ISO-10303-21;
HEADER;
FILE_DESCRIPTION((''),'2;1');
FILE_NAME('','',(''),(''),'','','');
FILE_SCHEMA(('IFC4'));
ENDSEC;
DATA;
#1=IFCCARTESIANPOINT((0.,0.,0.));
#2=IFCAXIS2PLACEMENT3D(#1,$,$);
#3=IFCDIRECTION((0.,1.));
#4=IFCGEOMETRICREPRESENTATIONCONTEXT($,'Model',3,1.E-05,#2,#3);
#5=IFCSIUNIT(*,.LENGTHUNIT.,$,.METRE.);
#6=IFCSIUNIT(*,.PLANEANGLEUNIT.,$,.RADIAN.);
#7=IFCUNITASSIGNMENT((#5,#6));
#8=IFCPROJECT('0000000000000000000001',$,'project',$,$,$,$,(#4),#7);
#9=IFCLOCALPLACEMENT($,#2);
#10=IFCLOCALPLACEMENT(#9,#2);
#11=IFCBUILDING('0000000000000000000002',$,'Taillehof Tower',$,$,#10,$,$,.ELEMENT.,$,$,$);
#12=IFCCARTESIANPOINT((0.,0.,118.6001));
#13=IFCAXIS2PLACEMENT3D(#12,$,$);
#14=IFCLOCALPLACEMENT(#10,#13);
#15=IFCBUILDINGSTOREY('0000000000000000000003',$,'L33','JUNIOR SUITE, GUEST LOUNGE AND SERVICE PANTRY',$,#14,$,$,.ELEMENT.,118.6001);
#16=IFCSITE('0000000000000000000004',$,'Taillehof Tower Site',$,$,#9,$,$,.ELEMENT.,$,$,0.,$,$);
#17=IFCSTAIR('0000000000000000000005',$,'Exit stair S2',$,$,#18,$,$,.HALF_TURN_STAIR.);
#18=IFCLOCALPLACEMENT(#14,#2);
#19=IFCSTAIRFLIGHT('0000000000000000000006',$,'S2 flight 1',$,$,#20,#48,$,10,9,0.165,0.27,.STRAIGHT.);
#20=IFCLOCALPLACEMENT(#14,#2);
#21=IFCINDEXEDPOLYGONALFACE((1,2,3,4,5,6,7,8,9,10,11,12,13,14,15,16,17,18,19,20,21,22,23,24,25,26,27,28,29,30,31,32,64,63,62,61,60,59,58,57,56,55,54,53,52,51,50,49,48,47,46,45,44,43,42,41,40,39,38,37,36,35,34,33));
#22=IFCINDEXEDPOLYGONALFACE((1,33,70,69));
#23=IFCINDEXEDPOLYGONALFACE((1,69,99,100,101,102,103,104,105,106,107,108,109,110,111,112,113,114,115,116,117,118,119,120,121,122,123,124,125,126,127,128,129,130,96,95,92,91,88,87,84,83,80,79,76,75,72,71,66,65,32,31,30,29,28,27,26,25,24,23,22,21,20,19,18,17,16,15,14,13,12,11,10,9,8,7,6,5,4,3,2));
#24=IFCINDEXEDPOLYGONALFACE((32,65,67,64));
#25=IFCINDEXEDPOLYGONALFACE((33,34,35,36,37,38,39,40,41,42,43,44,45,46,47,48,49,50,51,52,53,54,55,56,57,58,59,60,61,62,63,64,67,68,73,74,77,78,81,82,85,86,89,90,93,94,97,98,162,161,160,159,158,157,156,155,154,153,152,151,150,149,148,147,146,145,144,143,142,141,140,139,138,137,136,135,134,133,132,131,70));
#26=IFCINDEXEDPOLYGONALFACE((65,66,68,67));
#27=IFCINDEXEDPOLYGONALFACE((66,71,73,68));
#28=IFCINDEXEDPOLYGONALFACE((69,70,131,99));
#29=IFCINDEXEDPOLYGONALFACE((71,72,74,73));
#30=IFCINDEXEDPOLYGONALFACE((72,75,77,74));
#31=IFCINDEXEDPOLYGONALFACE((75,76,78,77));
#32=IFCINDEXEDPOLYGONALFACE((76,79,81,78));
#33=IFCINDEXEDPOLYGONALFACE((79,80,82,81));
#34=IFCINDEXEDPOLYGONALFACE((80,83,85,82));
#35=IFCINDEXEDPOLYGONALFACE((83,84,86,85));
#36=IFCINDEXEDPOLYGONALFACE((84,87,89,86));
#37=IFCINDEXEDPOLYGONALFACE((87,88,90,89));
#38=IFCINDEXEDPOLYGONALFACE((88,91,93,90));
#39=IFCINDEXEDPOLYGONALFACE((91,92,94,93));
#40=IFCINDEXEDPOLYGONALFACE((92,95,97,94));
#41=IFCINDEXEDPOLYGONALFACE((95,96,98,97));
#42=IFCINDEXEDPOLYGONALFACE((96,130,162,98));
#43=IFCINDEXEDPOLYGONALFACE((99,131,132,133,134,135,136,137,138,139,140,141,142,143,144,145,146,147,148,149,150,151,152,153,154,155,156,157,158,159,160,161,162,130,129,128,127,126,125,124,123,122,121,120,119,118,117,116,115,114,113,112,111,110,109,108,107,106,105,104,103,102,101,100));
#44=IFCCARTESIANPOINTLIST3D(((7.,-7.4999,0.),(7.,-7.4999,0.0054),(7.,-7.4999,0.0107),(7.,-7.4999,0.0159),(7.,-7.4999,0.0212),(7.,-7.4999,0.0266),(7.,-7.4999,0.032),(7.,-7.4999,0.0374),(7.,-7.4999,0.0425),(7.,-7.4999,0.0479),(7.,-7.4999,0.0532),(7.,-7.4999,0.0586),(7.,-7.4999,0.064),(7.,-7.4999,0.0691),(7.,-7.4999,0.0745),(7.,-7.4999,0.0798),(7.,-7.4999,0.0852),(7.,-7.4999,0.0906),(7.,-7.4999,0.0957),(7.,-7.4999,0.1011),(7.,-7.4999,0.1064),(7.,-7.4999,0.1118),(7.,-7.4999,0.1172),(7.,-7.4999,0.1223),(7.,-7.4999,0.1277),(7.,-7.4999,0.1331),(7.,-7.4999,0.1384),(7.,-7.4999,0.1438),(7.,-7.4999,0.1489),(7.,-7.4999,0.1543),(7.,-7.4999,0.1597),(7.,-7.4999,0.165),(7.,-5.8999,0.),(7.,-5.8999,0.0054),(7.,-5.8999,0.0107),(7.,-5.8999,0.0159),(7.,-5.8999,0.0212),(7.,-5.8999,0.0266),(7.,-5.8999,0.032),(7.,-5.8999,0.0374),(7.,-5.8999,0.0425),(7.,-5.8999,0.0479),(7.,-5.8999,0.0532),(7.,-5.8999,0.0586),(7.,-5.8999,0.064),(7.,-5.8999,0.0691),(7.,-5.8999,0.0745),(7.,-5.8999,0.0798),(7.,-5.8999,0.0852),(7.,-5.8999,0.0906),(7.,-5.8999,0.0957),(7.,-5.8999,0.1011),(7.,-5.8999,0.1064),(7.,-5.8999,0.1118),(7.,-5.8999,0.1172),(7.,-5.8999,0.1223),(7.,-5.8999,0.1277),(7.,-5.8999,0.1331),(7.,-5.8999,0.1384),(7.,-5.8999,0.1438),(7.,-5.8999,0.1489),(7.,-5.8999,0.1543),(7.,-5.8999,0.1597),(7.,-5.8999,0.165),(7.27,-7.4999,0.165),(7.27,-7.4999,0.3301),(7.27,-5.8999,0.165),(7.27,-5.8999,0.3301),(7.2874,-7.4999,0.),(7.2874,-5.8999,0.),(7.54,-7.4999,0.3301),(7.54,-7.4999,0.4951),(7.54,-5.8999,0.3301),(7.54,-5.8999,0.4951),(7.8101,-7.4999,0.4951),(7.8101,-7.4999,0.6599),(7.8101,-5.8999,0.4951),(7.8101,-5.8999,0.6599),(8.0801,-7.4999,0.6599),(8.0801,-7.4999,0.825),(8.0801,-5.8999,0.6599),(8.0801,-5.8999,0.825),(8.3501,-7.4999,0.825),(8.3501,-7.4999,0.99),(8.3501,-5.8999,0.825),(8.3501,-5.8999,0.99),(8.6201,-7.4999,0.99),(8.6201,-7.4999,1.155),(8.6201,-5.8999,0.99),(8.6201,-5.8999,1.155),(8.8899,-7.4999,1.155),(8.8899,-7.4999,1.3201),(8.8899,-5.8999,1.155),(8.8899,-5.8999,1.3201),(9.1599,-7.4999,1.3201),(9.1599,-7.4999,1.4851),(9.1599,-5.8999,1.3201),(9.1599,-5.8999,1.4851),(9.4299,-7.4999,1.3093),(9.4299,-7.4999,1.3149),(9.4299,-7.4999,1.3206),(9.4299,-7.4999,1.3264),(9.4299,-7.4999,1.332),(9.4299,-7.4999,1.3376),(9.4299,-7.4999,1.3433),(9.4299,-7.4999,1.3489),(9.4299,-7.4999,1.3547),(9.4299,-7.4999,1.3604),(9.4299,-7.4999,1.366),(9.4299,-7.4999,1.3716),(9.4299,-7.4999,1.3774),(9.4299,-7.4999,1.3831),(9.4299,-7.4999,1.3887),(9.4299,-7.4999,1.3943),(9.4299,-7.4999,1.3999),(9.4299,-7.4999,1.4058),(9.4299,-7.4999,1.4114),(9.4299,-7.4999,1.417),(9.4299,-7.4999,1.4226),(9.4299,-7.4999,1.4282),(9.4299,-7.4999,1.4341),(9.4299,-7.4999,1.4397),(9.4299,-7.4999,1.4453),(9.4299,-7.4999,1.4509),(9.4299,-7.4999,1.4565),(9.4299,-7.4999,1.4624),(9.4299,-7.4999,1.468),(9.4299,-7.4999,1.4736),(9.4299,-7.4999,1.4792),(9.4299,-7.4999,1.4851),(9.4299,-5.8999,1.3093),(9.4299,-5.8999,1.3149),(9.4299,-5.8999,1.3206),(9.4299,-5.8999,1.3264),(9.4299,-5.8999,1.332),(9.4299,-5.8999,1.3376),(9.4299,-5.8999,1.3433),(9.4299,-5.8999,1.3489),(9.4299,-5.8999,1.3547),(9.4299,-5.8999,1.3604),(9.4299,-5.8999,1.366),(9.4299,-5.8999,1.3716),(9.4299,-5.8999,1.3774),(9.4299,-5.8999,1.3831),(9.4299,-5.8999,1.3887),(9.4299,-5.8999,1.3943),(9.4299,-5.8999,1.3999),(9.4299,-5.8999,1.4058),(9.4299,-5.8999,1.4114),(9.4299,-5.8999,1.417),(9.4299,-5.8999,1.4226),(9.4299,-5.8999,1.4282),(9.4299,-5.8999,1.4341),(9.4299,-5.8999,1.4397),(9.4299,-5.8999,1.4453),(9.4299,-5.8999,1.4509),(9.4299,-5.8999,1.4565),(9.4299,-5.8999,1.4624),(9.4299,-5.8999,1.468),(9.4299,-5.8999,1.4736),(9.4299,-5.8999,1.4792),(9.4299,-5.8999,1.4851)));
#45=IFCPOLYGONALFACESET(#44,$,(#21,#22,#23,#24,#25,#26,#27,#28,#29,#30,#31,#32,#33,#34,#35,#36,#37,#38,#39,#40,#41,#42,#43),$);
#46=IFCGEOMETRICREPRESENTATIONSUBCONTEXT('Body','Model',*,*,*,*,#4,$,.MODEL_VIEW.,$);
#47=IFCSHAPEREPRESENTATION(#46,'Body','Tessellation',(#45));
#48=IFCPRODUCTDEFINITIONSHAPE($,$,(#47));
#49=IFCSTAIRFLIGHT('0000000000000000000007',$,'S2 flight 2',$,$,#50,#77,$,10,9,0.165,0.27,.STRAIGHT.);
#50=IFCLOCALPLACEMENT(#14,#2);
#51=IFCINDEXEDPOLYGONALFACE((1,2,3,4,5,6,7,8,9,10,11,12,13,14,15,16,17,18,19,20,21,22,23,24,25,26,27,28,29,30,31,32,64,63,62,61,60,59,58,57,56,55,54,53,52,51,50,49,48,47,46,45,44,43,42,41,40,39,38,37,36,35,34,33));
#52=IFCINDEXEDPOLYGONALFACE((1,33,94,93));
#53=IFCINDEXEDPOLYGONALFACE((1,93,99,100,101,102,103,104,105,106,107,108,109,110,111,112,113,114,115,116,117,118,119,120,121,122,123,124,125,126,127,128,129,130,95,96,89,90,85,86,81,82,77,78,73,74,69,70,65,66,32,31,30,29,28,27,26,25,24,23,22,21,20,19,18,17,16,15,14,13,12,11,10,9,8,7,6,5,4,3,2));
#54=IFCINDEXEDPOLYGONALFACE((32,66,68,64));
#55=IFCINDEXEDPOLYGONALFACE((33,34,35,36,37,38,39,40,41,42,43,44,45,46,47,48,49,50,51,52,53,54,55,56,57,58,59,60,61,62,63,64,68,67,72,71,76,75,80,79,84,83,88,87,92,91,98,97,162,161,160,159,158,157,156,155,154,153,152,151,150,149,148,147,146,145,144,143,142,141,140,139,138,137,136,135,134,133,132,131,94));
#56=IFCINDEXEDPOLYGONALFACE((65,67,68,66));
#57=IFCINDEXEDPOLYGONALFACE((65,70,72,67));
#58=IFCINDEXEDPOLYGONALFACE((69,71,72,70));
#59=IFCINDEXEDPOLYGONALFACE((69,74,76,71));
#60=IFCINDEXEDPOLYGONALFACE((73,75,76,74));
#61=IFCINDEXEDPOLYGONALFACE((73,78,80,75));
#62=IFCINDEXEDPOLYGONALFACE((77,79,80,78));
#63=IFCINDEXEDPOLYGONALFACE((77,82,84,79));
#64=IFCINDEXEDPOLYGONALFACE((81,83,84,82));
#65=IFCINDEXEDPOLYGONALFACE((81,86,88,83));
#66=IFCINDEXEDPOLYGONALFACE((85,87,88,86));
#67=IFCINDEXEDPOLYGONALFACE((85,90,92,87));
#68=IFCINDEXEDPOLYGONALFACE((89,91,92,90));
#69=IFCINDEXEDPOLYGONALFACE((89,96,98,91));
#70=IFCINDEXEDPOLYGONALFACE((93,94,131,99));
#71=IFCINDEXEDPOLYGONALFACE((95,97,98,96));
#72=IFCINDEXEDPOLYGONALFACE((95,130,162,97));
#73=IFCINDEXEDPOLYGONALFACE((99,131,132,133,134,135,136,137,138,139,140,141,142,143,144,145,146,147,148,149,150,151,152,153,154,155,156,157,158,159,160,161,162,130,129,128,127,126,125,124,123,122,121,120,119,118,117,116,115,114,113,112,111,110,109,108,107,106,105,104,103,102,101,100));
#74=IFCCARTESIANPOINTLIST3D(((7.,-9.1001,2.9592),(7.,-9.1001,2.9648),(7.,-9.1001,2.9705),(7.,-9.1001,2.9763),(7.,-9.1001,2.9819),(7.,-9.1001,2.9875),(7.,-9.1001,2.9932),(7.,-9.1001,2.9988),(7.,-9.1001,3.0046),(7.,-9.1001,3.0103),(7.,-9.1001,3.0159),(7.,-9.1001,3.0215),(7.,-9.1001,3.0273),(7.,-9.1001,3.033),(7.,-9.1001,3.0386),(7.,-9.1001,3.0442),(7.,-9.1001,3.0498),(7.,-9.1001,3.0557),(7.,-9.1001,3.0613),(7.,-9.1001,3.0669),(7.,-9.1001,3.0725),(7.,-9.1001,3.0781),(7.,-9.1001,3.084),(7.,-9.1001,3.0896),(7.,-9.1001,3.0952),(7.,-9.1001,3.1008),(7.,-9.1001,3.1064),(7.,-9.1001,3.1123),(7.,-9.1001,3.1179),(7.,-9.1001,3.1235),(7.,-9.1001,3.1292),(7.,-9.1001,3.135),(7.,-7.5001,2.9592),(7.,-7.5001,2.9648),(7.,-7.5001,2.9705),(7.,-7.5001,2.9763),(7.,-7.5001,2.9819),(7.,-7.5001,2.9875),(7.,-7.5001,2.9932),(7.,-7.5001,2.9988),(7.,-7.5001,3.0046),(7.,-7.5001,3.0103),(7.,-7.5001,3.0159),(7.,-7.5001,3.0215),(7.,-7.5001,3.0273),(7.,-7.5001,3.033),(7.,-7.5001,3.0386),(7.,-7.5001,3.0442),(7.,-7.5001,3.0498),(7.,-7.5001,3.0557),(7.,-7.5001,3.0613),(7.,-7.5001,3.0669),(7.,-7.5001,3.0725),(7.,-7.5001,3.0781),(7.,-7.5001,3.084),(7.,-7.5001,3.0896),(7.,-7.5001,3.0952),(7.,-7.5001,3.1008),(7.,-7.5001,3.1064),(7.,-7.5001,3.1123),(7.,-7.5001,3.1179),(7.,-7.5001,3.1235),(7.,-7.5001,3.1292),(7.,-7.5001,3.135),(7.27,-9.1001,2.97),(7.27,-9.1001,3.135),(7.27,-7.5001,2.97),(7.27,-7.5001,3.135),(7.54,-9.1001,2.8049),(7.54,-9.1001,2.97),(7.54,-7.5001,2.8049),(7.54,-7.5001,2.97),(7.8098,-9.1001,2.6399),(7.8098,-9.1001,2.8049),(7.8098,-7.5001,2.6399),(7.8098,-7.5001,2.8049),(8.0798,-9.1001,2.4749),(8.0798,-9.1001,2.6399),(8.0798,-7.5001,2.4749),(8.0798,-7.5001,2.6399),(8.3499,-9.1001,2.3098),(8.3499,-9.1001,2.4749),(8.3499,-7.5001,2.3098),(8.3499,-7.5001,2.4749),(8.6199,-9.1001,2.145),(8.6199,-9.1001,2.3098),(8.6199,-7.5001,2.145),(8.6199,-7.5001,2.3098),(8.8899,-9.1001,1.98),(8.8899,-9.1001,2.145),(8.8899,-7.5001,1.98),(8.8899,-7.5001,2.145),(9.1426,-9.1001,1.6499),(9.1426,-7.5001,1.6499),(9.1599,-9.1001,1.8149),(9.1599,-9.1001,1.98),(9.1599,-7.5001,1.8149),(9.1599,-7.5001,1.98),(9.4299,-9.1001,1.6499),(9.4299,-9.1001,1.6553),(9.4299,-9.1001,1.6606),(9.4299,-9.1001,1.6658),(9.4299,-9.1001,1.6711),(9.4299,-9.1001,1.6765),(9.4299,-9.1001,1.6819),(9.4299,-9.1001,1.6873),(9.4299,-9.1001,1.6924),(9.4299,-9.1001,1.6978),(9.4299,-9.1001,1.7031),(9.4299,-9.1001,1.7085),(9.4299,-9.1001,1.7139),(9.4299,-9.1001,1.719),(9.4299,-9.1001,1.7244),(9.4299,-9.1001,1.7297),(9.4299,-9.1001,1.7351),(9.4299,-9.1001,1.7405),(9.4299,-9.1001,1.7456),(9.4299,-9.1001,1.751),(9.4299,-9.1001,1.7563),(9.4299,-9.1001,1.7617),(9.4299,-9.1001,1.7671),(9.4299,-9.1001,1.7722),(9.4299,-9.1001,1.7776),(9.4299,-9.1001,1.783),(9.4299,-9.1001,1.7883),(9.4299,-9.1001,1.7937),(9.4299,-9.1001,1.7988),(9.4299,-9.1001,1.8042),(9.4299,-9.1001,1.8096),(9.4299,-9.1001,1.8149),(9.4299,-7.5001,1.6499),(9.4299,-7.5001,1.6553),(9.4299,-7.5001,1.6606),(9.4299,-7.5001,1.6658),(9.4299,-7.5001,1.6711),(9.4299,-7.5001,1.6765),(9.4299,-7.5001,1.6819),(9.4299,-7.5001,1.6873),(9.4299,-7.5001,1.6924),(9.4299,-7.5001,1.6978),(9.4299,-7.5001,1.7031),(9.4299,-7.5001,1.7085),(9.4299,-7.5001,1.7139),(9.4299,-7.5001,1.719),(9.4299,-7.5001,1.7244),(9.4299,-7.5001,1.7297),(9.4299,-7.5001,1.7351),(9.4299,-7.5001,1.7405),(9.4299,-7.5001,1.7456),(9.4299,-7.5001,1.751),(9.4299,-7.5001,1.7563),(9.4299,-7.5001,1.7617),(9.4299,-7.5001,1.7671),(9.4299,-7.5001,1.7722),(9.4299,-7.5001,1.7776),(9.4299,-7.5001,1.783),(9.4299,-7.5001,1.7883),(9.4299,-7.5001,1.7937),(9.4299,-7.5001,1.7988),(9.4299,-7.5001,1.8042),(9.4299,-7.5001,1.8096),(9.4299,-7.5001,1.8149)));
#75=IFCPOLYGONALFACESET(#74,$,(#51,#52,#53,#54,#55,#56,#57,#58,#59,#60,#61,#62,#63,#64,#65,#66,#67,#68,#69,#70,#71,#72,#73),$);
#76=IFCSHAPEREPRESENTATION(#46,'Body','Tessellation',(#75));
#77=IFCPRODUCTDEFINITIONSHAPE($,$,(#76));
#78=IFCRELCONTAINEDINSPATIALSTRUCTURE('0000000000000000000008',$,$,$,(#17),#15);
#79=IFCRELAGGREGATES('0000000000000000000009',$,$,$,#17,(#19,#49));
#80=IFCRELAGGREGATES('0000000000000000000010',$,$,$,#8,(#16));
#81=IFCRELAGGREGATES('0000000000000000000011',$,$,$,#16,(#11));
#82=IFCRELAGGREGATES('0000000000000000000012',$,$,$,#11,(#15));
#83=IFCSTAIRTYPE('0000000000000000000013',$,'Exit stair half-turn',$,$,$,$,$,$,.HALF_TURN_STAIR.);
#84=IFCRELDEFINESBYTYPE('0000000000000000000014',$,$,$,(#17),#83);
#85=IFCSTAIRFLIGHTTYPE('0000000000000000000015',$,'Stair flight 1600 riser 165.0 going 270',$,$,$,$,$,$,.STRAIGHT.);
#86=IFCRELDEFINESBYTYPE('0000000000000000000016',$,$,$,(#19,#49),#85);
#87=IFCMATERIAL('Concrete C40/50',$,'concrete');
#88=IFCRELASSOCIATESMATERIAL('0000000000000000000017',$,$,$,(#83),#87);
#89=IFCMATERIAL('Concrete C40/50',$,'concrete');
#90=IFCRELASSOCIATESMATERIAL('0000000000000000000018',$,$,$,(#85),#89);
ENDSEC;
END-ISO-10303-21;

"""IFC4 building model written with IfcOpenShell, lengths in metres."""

from ifc_helpers import new_model, si_unit, direction, frame, origin, place, context, subcontext, project, spatial, polyline, outline, extrude, material, type_object, element, aggregate, save


model = new_model("IFC4")

# Units and contexts
model_context = context("Model", 3, precision=1e-05, world=origin(), true_north=direction((0.0, 1.0)))
body_context = subcontext(model_context, "Body", "Model", "MODEL_VIEW")
ifc_project = project(units=[si_unit("LENGTHUNIT", "METRE"), si_unit("PLANEANGLEUNIT", "RADIAN")], contexts=[model_context])

# Site, building, storey
site_placement = place(None, origin())
site = spatial("IfcSite", under=ifc_project, at=site_placement, Name="Taillehof Tower Site", CompositionType="ELEMENT", RefElevation=0.0)
building_placement = place(site_placement, origin())
building = spatial("IfcBuilding", under=site, at=building_placement, Name="Taillehof Tower", CompositionType="ELEMENT")
storey_placement = place(building_placement, frame((0.0, 0.0, 118.6001)))
storey = spatial("IfcBuildingStorey", under=building, at=storey_placement, Name="L33", Description="JUNIOR SUITE, GUEST LOUNGE AND SERVICE PANTRY", CompositionType="ELEMENT", Elevation=118.6001)

# Stair, stair flights
ifc_material_1 = material(Name="Concrete C40/50", Category="concrete")
stair_type = type_object("IfcStairType", Name="Exit stair half-turn", PredefinedType="HALF_TURN_STAIR", material=ifc_material_1)
stair_placement = place(storey_placement, origin())
stair = element("IfcStair", 1, at=stair_placement, inside=storey, type_object=stair_type, Name="Exit stair S2", PredefinedType="HALF_TURN_STAIR")
ifc_material_2 = material(Name="Concrete C40/50", Category="concrete")
stair_flight_type = type_object("IfcStairFlightType", Name="Stair flight 1600 riser 165.0 going 270", PredefinedType="STRAIGHT", material=ifc_material_2)
stair_flight_1_placement = place(storey_placement, frame((7.0, -6.7, 0.0), z_axis=(0.0, 0.0, 1.0), x_axis=(1.0, 0.0, 0.0)))
stair_flight_1 = element("IfcStairFlight", 2, at=stair_flight_1_placement, type_object=stair_flight_type, Name="S2 flight 1", NumberOfRisers=10, NumberOfTreads=9, PredefinedType="STRAIGHT", RiserHeight=0.165, TreadLength=0.27, context=body_context, shape_type="SweptSolid", body=[
    extrude(outline(polyline([(0.0, 0.0), (0.0, 0.0054), (0.0, 0.0107), (0.0, 0.0159), (0.0, 0.0212), (0.0, 0.0266), (0.0, 0.032), (0.0, 0.0374), (0.0, 0.0425), (0.0, 0.0479), (0.0, 0.0532), (0.0, 0.0586), (0.0, 0.064), (0.0, 0.0691), (0.0, 0.0745), (0.0, 0.0798), (0.0, 0.0852), (0.0, 0.0906), (0.0, 0.0957), (0.0, 0.1011), (0.0, 0.1064), (0.0, 0.1118), (0.0, 0.1172), (0.0, 0.1223), (0.0, 0.1277), (0.0, 0.1331), (0.0, 0.1384), (0.0, 0.1438), (0.0, 0.1489), (0.0, 0.1543), (0.0, 0.1597), (0.0, 0.165), (0.27, 0.165), (0.27, 0.3301), (0.54, 0.3301), (0.54, 0.4951), (0.8101, 0.4951), (0.8101, 0.6599), (1.0801, 0.6599), (1.0801, 0.825), (1.3501, 0.825), (1.3501, 0.99), (1.6201, 0.99), (1.6201, 1.155), (1.8899, 1.155), (1.8899, 1.3201), (2.1599, 1.3201), (2.1599, 1.4851), (2.4299, 1.4851), (2.4299, 1.4792), (2.4299, 1.4736), (2.4299, 1.468), (2.4299, 1.4624), (2.4299, 1.4565), (2.4299, 1.4509), (2.4299, 1.4453), (2.4299, 1.4397), (2.4299, 1.4341), (2.4299, 1.4282), (2.4299, 1.4226), (2.4299, 1.417), (2.4299, 1.4114), (2.4299, 1.4058), (2.4299, 1.3999), (2.4299, 1.3943), (2.4299, 1.3887), (2.4299, 1.3831), (2.4299, 1.3774), (2.4299, 1.3716), (2.4299, 1.366), (2.4299, 1.3604), (2.4299, 1.3547), (2.4299, 1.3489), (2.4299, 1.3433), (2.4299, 1.3376), (2.4299, 1.332), (2.4299, 1.3264), (2.4299, 1.3206), (2.4299, 1.3149), (2.4299, 1.3093), (0.2874, 0.0), (0.0, 0.0)])), frame((0.0, 0.8, 0.0), z_axis=(0.0, -1.0, 0.0), x_axis=(1.0, 0.0, 0.0)), (0.0, 0.0, 1.0), 1.6),
])
stair_flight_2_placement = place(storey_placement, frame((9.4299, -8.3, 1.6499), z_axis=(0.0, 0.0, 1.0), x_axis=(-1.0, 0.0, 0.0)))
stair_flight_2 = element("IfcStairFlight", 3, at=stair_flight_2_placement, type_object=stair_flight_type, Name="S2 flight 2", NumberOfRisers=10, NumberOfTreads=9, PredefinedType="STRAIGHT", RiserHeight=0.165, TreadLength=0.27, context=body_context, shape_type="SweptSolid", body=[
    extrude(outline(polyline([(0.0, 0.0), (0.0, 0.0054), (0.0, 0.0107), (0.0, 0.0159), (0.0, 0.0212), (0.0, 0.0266), (0.0, 0.032), (0.0, 0.0374), (0.0, 0.0425), (0.0, 0.0479), (0.0, 0.0532), (0.0, 0.0586), (0.0, 0.064), (0.0, 0.0691), (0.0, 0.0745), (0.0, 0.0798), (0.0, 0.0852), (0.0, 0.0906), (0.0, 0.0957), (0.0, 0.1011), (0.0, 0.1064), (0.0, 0.1118), (0.0, 0.1172), (0.0, 0.1223), (0.0, 0.1277), (0.0, 0.1331), (0.0, 0.1384), (0.0, 0.1438), (0.0, 0.1489), (0.0, 0.1543), (0.0, 0.1597), (0.0, 0.165), (0.27, 0.165), (0.27, 0.3301), (0.54, 0.3301), (0.54, 0.4951), (0.8101, 0.4951), (0.8101, 0.6599), (1.0801, 0.6599), (1.0801, 0.825), (1.3501, 0.825), (1.3501, 0.99), (1.6201, 0.99), (1.6201, 1.155), (1.8899, 1.155), (1.8899, 1.3201), (2.1599, 1.3201), (2.1599, 1.4851), (2.4299, 1.4851), (2.4299, 1.4792), (2.4299, 1.4736), (2.4299, 1.468), (2.4299, 1.4624), (2.4299, 1.4565), (2.4299, 1.4509), (2.4299, 1.4453), (2.4299, 1.4397), (2.4299, 1.4341), (2.4299, 1.4282), (2.4299, 1.4226), (2.4299, 1.417), (2.4299, 1.4114), (2.4299, 1.4058), (2.4299, 1.3999), (2.4299, 1.3943), (2.4299, 1.3887), (2.4299, 1.3831), (2.4299, 1.3774), (2.4299, 1.3716), (2.4299, 1.366), (2.4299, 1.3604), (2.4299, 1.3547), (2.4299, 1.3489), (2.4299, 1.3433), (2.4299, 1.3376), (2.4299, 1.332), (2.4299, 1.3264), (2.4299, 1.3206), (2.4299, 1.3149), (2.4299, 1.3093), (0.2874, 0.0), (0.0, 0.0)])), frame((0.0, 0.8, 0.0), z_axis=(0.0, -1.0, 0.0), x_axis=(1.0, 0.0, 0.0)), (0.0, 0.0, 1.0), 1.6),
])
aggregate(stair, [stair_flight_1, stair_flight_2])

save(model, "model.ifc")
